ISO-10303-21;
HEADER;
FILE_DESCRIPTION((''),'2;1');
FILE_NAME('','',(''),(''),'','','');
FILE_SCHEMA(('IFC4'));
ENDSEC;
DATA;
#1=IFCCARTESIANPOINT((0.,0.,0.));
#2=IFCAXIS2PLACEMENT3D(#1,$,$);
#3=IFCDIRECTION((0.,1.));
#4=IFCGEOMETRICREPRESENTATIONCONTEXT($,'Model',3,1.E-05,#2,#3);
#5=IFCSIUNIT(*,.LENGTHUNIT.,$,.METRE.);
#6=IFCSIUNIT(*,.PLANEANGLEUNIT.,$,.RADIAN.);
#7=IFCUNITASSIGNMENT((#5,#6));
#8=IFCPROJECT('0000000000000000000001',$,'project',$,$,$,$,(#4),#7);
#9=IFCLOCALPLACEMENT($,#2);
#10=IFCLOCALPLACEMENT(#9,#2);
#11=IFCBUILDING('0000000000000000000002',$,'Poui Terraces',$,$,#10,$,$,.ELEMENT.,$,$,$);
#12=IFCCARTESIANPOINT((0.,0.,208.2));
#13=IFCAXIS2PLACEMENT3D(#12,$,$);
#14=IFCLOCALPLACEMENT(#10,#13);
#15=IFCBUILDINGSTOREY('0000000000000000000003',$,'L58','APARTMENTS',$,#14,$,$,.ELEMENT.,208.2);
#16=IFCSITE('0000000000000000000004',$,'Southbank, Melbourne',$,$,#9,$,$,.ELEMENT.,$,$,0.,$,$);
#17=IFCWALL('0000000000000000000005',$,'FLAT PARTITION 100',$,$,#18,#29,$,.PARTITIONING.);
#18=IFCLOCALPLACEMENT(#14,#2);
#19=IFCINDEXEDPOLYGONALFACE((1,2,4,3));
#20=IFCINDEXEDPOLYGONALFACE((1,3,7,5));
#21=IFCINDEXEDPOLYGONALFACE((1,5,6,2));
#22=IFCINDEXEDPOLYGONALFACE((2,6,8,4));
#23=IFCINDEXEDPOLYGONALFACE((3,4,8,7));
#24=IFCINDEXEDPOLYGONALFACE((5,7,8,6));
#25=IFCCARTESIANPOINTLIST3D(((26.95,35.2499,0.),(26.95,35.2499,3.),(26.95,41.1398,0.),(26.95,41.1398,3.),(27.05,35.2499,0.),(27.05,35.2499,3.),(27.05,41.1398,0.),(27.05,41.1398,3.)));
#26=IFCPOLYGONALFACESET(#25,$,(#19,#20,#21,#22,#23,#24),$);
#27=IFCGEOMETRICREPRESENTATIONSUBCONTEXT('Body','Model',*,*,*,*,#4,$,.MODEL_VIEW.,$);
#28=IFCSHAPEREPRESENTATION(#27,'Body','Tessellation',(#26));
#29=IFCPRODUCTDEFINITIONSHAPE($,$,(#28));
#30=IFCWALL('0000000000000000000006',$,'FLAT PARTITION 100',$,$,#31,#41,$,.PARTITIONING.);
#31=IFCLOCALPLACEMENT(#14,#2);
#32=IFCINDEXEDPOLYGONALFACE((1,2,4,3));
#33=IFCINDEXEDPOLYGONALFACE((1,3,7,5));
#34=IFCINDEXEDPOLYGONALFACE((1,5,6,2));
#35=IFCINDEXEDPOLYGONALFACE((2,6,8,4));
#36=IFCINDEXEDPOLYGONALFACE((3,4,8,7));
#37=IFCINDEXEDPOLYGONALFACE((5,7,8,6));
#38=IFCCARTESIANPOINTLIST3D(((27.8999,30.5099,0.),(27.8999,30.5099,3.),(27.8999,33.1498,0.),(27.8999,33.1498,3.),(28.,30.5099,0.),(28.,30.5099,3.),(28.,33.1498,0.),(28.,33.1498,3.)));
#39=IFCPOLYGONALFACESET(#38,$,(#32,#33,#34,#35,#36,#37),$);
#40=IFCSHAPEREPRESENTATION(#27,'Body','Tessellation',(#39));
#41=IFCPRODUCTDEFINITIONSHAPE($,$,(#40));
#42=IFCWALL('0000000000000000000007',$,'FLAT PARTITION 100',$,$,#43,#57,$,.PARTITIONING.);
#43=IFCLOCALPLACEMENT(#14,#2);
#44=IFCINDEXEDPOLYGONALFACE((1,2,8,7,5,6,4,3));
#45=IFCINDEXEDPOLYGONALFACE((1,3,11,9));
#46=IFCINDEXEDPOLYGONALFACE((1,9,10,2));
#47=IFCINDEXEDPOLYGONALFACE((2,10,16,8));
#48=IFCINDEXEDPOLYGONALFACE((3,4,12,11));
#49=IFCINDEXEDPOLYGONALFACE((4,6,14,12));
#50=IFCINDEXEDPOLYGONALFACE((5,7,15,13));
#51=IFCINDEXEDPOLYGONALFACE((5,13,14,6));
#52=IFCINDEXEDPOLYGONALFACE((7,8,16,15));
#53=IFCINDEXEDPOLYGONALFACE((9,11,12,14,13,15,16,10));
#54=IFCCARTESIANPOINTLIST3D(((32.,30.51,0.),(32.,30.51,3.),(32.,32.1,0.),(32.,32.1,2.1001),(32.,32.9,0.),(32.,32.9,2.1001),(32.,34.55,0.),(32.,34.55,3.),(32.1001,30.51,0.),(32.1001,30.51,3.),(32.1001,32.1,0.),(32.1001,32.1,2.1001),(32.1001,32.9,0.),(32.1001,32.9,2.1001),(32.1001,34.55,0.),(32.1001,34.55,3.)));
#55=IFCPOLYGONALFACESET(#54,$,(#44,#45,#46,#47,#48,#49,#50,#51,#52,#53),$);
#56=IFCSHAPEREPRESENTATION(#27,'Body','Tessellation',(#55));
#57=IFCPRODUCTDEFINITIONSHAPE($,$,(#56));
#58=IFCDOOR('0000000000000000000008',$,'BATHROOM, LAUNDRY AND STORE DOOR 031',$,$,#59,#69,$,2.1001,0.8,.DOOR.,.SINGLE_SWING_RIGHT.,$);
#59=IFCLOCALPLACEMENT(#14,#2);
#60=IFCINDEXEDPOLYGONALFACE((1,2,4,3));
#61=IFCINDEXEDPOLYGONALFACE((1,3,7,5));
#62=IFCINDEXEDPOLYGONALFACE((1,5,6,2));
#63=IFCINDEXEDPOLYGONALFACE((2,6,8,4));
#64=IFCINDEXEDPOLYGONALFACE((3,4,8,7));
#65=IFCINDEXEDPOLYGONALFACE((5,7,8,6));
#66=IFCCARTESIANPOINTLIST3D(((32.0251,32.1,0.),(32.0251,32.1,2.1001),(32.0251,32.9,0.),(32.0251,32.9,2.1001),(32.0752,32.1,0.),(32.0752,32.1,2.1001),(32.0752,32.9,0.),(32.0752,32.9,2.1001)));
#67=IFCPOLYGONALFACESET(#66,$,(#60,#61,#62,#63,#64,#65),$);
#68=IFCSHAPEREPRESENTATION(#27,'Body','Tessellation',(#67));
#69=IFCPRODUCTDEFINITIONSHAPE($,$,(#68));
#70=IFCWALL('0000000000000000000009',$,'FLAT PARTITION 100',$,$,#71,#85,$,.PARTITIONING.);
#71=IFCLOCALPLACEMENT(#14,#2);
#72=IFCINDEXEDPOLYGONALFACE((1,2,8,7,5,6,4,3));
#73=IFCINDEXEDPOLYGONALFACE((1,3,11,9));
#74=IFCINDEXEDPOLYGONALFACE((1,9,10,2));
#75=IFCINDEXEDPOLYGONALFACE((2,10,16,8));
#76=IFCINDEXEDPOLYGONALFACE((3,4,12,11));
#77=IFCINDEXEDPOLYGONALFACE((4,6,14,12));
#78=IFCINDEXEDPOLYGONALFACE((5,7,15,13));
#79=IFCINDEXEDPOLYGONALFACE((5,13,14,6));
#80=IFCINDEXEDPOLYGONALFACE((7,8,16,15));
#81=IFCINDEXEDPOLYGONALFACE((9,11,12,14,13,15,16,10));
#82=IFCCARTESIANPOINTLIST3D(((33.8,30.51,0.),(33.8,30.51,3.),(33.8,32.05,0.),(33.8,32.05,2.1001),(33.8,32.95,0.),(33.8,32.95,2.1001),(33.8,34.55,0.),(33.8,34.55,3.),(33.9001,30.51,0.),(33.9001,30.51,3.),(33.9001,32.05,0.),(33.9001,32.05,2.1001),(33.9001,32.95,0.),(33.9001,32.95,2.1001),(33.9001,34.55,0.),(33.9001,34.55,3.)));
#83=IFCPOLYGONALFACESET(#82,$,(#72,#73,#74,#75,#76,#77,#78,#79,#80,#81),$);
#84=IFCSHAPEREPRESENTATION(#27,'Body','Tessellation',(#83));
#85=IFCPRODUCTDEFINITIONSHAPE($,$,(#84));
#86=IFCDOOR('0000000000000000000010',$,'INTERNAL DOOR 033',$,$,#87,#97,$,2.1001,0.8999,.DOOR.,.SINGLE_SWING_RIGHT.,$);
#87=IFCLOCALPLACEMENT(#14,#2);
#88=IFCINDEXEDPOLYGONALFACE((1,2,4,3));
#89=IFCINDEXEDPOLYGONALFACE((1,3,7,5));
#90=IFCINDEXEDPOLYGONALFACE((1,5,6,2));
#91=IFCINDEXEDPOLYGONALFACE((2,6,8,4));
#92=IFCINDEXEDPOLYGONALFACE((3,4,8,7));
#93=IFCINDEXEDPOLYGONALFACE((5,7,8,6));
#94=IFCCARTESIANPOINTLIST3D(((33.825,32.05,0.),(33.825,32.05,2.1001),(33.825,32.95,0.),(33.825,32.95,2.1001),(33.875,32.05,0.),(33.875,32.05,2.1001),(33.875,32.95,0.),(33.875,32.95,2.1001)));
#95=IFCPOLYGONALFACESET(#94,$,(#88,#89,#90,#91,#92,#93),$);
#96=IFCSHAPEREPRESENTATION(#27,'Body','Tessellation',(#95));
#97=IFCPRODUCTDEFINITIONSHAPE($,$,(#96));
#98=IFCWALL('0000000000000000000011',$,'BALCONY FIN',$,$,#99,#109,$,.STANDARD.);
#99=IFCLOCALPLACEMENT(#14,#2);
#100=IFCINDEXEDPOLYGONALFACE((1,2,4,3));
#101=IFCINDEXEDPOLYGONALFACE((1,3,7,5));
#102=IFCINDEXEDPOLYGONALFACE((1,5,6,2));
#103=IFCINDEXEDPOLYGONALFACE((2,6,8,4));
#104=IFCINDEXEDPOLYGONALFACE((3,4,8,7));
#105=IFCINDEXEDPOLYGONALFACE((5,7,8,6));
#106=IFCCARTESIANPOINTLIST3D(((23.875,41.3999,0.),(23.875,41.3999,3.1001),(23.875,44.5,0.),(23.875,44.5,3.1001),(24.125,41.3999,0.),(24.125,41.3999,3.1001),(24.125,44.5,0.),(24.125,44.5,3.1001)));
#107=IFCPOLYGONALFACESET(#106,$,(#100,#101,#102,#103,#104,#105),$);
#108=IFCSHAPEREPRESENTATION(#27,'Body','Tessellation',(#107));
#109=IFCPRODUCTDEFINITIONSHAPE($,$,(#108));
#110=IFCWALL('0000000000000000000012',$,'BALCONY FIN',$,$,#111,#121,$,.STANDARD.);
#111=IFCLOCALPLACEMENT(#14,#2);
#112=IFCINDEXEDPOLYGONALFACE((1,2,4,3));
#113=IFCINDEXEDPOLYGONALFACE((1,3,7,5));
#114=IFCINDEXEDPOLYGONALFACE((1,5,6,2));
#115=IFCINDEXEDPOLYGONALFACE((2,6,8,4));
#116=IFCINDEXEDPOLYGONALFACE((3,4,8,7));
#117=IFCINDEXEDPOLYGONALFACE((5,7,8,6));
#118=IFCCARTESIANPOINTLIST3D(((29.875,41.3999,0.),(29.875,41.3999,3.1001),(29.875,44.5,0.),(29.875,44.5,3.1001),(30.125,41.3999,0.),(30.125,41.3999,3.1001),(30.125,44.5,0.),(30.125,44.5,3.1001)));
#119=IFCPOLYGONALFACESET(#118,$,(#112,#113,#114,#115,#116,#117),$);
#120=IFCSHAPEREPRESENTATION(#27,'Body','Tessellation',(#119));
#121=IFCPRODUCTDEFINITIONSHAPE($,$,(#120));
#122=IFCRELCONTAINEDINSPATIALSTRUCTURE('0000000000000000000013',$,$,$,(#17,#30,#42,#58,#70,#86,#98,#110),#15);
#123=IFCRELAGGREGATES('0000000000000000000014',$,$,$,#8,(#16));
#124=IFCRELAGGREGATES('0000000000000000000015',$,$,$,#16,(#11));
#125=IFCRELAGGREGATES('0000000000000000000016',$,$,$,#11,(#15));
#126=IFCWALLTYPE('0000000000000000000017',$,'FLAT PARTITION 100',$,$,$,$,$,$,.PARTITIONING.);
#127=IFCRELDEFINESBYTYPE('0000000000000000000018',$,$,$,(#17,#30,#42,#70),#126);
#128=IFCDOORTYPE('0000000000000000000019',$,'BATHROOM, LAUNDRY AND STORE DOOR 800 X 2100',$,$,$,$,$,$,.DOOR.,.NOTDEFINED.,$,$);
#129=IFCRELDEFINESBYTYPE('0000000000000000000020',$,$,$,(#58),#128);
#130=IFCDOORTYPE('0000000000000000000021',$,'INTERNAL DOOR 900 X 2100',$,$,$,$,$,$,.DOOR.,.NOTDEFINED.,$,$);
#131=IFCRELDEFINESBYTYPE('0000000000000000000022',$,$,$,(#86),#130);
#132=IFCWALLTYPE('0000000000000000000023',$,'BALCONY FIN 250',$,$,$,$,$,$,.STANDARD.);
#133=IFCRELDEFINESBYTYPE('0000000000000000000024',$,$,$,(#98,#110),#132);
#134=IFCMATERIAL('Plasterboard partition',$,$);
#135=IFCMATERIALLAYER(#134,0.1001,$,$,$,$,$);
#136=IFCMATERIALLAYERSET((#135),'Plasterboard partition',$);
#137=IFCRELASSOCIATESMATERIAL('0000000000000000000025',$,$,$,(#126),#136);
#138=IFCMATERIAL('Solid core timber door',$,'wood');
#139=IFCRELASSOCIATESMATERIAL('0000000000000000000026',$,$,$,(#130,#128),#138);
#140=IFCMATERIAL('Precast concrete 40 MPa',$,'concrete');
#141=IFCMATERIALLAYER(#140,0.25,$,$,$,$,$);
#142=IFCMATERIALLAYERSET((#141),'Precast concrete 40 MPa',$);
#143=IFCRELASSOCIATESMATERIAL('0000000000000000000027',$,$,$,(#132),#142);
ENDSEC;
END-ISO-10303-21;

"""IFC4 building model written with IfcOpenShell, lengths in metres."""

from ifc_helpers import new_model, si_unit, direction, frame, frame_2d, origin, place, context, subcontext, project, spatial, polyline, rectangle, outline, extrude, source, transform, mapped, material, layer, layer_set, type_object, element, fill, save


model = new_model("IFC4")

# Units and contexts
model_context = context("Model", 3, precision=1e-05, world=origin(), true_north=direction((0.0, 1.0)))
body_context = subcontext(model_context, "Body", "Model", "MODEL_VIEW")
ifc_project = project(units=[si_unit("LENGTHUNIT", "METRE"), si_unit("PLANEANGLEUNIT", "RADIAN")], contexts=[model_context])

# Site, building, storey
site_placement = place(None, origin())
site = spatial("IfcSite", under=ifc_project, at=site_placement, Name="Southbank, Melbourne", CompositionType="ELEMENT", RefElevation=0.0)
building_placement = place(site_placement, origin())
building = spatial("IfcBuilding", under=site, at=building_placement, Name="Poui Terraces", CompositionType="ELEMENT")
storey_placement = place(building_placement, frame((0.0, 0.0, 208.2)))
storey = spatial("IfcBuildingStorey", under=building, at=storey_placement, Name="L58", Description="APARTMENTS", CompositionType="ELEMENT", Elevation=208.2)

# Shared definitions
ifc_material_1 = material(Name="Plasterboard partition")
ifc_layer_1 = layer(ifc_material_1, 0.1001)
ifc_layer_set_1 = layer_set([ifc_layer_1], Name="Plasterboard partition")
wall_type_1 = type_object("IfcWallType", Name="FLAT PARTITION 100", PredefinedType="PARTITIONING", material=ifc_layer_set_1)
ifc_material_2 = material(Name="Solid core timber door", Category="wood")
door_type_1 = type_object("IfcDoorType", Name="INTERNAL DOOR 900 X 2100", OperationType="NOTDEFINED", PredefinedType="DOOR", material=ifc_material_2)
door_type_2 = type_object("IfcDoorType", Name="BATHROOM, LAUNDRY AND STORE DOOR 800 X 2100", OperationType="NOTDEFINED", PredefinedType="DOOR", material=ifc_material_2)

# Walls
wall_1_placement = place(storey_placement, frame((27.0, 35.25, 0.0), z_axis=(0.0, 0.0, 1.0), x_axis=(0.0, 1.0, 0.0)))
element("IfcWall", 1, at=wall_1_placement, inside=storey, type_object=wall_type_1, Name="FLAT PARTITION 100", PredefinedType="PARTITIONING", context=body_context, shape_type="SweptSolid", body=[
    extrude(rectangle(XDim=5.8899, YDim=0.1001, at=frame_2d((2.9448, 0.0))), origin(), (0.0, 0.0, 1.0), 3.0),
])
wall_2_placement = place(storey_placement, frame((27.95, 30.51, 0.0), z_axis=(0.0, 0.0, 1.0), x_axis=(0.0, 1.0, 0.0)))
element("IfcWall", 2, at=wall_2_placement, inside=storey, type_object=wall_type_1, Name="FLAT PARTITION 100", PredefinedType="PARTITIONING", context=body_context, shape_type="SweptSolid", body=[
    extrude(rectangle(XDim=2.6399, YDim=0.1001, at=frame_2d((1.3198, 0.0))), origin(), (0.0, 0.0, 1.0), 3.0),
])

# Walls, openings, doors
wall_3_placement = place(storey_placement, frame((32.05, 30.51, 0.0), z_axis=(0.0, 0.0, 1.0), x_axis=(0.0, 1.0, 0.0)))
wall_3 = element("IfcWall", 3, at=wall_3_placement, inside=storey, type_object=wall_type_1, Name="FLAT PARTITION 100", PredefinedType="PARTITIONING", context=body_context, shape_type="SweptSolid", body=[
    extrude(rectangle(XDim=4.04, YDim=0.1001, at=frame_2d((2.02, 0.0))), origin(), (0.0, 0.0, 1.0), 3.0),
])
opening_1_placement = place(wall_3_placement, frame((1.5901, 0.0, 0.0)))
opening_1 = element("IfcOpeningElement", 4, at=opening_1_placement, cuts=wall_3, PredefinedType="OPENING", context=body_context, shape_type="SweptSolid", body=[
    extrude(rectangle(XDim=0.8, YDim=2.1001, at=frame_2d((0.3999, 1.05))), frame((0.0, 0.0601, 0.0), z_axis=(0.0, -1.0, 0.0), x_axis=(1.0, 0.0, 0.0)), (0.0, 0.0, 1.0), 0.1201),
])
door_1_placement = place(opening_1_placement, origin())
door_1 = element("IfcDoor", 5, at=door_1_placement, inside=storey, type_object=door_type_2, Name="BATHROOM, LAUNDRY AND STORE DOOR 031", OperationType="SINGLE_SWING_RIGHT", OverallHeight=2.1001, OverallWidth=0.8, PredefinedType="DOOR", context=body_context, shape_type="SweptSolid", body=[
    extrude(rectangle(XDim=0.8, YDim=2.1001, at=frame_2d((0.3999, 1.05))), frame((0.0, 0.0249, 0.0), z_axis=(0.0, -1.0, 0.0), x_axis=(1.0, 0.0, 0.0)), (0.0, 0.0, 1.0), 0.05),
])
fill(opening_1, door_1)
wall_4_placement = place(storey_placement, frame((33.8501, 30.51, 0.0), z_axis=(0.0, 0.0, 1.0), x_axis=(0.0, 1.0, 0.0)))
wall_4 = element("IfcWall", 6, at=wall_4_placement, inside=storey, type_object=wall_type_1, Name="FLAT PARTITION 100", PredefinedType="PARTITIONING", context=body_context, shape_type="SweptSolid", body=[
    extrude(rectangle(XDim=4.04, YDim=0.1001, at=frame_2d((2.02, 0.0))), origin(), (0.0, 0.0, 1.0), 3.0),
])
opening_2_placement = place(wall_4_placement, frame((1.54, 0.0, 0.0)))
opening_2 = element("IfcOpeningElement", 7, at=opening_2_placement, cuts=wall_4, PredefinedType="OPENING", context=body_context, shape_type="SweptSolid", body=[
    extrude(rectangle(XDim=0.8999, YDim=2.1001, at=frame_2d((0.45, 1.05))), frame((0.0, 0.0601, 0.0), z_axis=(0.0, -1.0, 0.0), x_axis=(1.0, 0.0, 0.0)), (0.0, 0.0, 1.0), 0.1201),
])
door_2_placement = place(opening_2_placement, frame((0.8999, 0.0, 0.0), z_axis=(0.0, 0.0, 1.0), x_axis=(-1.0, 0.0, 0.0)))
door_2 = element("IfcDoor", 8, at=door_2_placement, inside=storey, type_object=door_type_1, Name="INTERNAL DOOR 033", OperationType="SINGLE_SWING_RIGHT", OverallHeight=2.1001, OverallWidth=0.8999, PredefinedType="DOOR", context=body_context, shape_type="SweptSolid", body=[
    extrude(rectangle(XDim=0.8999, YDim=2.1001, at=frame_2d((0.45, 1.05))), frame((0.0, 0.0249, 0.0), z_axis=(0.0, -1.0, 0.0), x_axis=(1.0, 0.0, 0.0)), (0.0, 0.0, 1.0), 0.05),
])
fill(opening_2, door_2)

# Walls
ifc_material_3 = material(Name="Precast concrete 40 MPa", Category="concrete")
ifc_layer_2 = layer(ifc_material_3, 0.25)
ifc_layer_set_2 = layer_set([ifc_layer_2], Name="Precast concrete 40 MPa")
wall_type_2 = type_object("IfcWallType", Name="BALCONY FIN 250", PredefinedType="STANDARD", material=ifc_layer_set_2)
shared_shape_1 = source(origin(), body_context, "Body", "SweptSolid", [
    extrude(outline(polyline([(0.0, 0.0), (0.25, 0.0), (0.25, 3.1001), (0.0, 3.1001), (0.0, 0.0)])), origin(), (0.0, 0.0, 1.0), 3.1001),
])
for number, where, name in (
    (9, (23.875, 41.3999, 0.0), "BALCONY FIN"),
    (10, (29.875, 41.3999, 0.0), "BALCONY FIN"),
):
    element("IfcWall", number, at=place(storey_placement, frame(where)), inside=storey, type_object=wall_type_2, Name=name, PredefinedType="STANDARD", context=body_context, shape_type="MappedRepresentation", body=[
        mapped(shared_shape_1, transform((0.0, 0.0, 0.0))),
    ])

save(model, "model.ifc")
